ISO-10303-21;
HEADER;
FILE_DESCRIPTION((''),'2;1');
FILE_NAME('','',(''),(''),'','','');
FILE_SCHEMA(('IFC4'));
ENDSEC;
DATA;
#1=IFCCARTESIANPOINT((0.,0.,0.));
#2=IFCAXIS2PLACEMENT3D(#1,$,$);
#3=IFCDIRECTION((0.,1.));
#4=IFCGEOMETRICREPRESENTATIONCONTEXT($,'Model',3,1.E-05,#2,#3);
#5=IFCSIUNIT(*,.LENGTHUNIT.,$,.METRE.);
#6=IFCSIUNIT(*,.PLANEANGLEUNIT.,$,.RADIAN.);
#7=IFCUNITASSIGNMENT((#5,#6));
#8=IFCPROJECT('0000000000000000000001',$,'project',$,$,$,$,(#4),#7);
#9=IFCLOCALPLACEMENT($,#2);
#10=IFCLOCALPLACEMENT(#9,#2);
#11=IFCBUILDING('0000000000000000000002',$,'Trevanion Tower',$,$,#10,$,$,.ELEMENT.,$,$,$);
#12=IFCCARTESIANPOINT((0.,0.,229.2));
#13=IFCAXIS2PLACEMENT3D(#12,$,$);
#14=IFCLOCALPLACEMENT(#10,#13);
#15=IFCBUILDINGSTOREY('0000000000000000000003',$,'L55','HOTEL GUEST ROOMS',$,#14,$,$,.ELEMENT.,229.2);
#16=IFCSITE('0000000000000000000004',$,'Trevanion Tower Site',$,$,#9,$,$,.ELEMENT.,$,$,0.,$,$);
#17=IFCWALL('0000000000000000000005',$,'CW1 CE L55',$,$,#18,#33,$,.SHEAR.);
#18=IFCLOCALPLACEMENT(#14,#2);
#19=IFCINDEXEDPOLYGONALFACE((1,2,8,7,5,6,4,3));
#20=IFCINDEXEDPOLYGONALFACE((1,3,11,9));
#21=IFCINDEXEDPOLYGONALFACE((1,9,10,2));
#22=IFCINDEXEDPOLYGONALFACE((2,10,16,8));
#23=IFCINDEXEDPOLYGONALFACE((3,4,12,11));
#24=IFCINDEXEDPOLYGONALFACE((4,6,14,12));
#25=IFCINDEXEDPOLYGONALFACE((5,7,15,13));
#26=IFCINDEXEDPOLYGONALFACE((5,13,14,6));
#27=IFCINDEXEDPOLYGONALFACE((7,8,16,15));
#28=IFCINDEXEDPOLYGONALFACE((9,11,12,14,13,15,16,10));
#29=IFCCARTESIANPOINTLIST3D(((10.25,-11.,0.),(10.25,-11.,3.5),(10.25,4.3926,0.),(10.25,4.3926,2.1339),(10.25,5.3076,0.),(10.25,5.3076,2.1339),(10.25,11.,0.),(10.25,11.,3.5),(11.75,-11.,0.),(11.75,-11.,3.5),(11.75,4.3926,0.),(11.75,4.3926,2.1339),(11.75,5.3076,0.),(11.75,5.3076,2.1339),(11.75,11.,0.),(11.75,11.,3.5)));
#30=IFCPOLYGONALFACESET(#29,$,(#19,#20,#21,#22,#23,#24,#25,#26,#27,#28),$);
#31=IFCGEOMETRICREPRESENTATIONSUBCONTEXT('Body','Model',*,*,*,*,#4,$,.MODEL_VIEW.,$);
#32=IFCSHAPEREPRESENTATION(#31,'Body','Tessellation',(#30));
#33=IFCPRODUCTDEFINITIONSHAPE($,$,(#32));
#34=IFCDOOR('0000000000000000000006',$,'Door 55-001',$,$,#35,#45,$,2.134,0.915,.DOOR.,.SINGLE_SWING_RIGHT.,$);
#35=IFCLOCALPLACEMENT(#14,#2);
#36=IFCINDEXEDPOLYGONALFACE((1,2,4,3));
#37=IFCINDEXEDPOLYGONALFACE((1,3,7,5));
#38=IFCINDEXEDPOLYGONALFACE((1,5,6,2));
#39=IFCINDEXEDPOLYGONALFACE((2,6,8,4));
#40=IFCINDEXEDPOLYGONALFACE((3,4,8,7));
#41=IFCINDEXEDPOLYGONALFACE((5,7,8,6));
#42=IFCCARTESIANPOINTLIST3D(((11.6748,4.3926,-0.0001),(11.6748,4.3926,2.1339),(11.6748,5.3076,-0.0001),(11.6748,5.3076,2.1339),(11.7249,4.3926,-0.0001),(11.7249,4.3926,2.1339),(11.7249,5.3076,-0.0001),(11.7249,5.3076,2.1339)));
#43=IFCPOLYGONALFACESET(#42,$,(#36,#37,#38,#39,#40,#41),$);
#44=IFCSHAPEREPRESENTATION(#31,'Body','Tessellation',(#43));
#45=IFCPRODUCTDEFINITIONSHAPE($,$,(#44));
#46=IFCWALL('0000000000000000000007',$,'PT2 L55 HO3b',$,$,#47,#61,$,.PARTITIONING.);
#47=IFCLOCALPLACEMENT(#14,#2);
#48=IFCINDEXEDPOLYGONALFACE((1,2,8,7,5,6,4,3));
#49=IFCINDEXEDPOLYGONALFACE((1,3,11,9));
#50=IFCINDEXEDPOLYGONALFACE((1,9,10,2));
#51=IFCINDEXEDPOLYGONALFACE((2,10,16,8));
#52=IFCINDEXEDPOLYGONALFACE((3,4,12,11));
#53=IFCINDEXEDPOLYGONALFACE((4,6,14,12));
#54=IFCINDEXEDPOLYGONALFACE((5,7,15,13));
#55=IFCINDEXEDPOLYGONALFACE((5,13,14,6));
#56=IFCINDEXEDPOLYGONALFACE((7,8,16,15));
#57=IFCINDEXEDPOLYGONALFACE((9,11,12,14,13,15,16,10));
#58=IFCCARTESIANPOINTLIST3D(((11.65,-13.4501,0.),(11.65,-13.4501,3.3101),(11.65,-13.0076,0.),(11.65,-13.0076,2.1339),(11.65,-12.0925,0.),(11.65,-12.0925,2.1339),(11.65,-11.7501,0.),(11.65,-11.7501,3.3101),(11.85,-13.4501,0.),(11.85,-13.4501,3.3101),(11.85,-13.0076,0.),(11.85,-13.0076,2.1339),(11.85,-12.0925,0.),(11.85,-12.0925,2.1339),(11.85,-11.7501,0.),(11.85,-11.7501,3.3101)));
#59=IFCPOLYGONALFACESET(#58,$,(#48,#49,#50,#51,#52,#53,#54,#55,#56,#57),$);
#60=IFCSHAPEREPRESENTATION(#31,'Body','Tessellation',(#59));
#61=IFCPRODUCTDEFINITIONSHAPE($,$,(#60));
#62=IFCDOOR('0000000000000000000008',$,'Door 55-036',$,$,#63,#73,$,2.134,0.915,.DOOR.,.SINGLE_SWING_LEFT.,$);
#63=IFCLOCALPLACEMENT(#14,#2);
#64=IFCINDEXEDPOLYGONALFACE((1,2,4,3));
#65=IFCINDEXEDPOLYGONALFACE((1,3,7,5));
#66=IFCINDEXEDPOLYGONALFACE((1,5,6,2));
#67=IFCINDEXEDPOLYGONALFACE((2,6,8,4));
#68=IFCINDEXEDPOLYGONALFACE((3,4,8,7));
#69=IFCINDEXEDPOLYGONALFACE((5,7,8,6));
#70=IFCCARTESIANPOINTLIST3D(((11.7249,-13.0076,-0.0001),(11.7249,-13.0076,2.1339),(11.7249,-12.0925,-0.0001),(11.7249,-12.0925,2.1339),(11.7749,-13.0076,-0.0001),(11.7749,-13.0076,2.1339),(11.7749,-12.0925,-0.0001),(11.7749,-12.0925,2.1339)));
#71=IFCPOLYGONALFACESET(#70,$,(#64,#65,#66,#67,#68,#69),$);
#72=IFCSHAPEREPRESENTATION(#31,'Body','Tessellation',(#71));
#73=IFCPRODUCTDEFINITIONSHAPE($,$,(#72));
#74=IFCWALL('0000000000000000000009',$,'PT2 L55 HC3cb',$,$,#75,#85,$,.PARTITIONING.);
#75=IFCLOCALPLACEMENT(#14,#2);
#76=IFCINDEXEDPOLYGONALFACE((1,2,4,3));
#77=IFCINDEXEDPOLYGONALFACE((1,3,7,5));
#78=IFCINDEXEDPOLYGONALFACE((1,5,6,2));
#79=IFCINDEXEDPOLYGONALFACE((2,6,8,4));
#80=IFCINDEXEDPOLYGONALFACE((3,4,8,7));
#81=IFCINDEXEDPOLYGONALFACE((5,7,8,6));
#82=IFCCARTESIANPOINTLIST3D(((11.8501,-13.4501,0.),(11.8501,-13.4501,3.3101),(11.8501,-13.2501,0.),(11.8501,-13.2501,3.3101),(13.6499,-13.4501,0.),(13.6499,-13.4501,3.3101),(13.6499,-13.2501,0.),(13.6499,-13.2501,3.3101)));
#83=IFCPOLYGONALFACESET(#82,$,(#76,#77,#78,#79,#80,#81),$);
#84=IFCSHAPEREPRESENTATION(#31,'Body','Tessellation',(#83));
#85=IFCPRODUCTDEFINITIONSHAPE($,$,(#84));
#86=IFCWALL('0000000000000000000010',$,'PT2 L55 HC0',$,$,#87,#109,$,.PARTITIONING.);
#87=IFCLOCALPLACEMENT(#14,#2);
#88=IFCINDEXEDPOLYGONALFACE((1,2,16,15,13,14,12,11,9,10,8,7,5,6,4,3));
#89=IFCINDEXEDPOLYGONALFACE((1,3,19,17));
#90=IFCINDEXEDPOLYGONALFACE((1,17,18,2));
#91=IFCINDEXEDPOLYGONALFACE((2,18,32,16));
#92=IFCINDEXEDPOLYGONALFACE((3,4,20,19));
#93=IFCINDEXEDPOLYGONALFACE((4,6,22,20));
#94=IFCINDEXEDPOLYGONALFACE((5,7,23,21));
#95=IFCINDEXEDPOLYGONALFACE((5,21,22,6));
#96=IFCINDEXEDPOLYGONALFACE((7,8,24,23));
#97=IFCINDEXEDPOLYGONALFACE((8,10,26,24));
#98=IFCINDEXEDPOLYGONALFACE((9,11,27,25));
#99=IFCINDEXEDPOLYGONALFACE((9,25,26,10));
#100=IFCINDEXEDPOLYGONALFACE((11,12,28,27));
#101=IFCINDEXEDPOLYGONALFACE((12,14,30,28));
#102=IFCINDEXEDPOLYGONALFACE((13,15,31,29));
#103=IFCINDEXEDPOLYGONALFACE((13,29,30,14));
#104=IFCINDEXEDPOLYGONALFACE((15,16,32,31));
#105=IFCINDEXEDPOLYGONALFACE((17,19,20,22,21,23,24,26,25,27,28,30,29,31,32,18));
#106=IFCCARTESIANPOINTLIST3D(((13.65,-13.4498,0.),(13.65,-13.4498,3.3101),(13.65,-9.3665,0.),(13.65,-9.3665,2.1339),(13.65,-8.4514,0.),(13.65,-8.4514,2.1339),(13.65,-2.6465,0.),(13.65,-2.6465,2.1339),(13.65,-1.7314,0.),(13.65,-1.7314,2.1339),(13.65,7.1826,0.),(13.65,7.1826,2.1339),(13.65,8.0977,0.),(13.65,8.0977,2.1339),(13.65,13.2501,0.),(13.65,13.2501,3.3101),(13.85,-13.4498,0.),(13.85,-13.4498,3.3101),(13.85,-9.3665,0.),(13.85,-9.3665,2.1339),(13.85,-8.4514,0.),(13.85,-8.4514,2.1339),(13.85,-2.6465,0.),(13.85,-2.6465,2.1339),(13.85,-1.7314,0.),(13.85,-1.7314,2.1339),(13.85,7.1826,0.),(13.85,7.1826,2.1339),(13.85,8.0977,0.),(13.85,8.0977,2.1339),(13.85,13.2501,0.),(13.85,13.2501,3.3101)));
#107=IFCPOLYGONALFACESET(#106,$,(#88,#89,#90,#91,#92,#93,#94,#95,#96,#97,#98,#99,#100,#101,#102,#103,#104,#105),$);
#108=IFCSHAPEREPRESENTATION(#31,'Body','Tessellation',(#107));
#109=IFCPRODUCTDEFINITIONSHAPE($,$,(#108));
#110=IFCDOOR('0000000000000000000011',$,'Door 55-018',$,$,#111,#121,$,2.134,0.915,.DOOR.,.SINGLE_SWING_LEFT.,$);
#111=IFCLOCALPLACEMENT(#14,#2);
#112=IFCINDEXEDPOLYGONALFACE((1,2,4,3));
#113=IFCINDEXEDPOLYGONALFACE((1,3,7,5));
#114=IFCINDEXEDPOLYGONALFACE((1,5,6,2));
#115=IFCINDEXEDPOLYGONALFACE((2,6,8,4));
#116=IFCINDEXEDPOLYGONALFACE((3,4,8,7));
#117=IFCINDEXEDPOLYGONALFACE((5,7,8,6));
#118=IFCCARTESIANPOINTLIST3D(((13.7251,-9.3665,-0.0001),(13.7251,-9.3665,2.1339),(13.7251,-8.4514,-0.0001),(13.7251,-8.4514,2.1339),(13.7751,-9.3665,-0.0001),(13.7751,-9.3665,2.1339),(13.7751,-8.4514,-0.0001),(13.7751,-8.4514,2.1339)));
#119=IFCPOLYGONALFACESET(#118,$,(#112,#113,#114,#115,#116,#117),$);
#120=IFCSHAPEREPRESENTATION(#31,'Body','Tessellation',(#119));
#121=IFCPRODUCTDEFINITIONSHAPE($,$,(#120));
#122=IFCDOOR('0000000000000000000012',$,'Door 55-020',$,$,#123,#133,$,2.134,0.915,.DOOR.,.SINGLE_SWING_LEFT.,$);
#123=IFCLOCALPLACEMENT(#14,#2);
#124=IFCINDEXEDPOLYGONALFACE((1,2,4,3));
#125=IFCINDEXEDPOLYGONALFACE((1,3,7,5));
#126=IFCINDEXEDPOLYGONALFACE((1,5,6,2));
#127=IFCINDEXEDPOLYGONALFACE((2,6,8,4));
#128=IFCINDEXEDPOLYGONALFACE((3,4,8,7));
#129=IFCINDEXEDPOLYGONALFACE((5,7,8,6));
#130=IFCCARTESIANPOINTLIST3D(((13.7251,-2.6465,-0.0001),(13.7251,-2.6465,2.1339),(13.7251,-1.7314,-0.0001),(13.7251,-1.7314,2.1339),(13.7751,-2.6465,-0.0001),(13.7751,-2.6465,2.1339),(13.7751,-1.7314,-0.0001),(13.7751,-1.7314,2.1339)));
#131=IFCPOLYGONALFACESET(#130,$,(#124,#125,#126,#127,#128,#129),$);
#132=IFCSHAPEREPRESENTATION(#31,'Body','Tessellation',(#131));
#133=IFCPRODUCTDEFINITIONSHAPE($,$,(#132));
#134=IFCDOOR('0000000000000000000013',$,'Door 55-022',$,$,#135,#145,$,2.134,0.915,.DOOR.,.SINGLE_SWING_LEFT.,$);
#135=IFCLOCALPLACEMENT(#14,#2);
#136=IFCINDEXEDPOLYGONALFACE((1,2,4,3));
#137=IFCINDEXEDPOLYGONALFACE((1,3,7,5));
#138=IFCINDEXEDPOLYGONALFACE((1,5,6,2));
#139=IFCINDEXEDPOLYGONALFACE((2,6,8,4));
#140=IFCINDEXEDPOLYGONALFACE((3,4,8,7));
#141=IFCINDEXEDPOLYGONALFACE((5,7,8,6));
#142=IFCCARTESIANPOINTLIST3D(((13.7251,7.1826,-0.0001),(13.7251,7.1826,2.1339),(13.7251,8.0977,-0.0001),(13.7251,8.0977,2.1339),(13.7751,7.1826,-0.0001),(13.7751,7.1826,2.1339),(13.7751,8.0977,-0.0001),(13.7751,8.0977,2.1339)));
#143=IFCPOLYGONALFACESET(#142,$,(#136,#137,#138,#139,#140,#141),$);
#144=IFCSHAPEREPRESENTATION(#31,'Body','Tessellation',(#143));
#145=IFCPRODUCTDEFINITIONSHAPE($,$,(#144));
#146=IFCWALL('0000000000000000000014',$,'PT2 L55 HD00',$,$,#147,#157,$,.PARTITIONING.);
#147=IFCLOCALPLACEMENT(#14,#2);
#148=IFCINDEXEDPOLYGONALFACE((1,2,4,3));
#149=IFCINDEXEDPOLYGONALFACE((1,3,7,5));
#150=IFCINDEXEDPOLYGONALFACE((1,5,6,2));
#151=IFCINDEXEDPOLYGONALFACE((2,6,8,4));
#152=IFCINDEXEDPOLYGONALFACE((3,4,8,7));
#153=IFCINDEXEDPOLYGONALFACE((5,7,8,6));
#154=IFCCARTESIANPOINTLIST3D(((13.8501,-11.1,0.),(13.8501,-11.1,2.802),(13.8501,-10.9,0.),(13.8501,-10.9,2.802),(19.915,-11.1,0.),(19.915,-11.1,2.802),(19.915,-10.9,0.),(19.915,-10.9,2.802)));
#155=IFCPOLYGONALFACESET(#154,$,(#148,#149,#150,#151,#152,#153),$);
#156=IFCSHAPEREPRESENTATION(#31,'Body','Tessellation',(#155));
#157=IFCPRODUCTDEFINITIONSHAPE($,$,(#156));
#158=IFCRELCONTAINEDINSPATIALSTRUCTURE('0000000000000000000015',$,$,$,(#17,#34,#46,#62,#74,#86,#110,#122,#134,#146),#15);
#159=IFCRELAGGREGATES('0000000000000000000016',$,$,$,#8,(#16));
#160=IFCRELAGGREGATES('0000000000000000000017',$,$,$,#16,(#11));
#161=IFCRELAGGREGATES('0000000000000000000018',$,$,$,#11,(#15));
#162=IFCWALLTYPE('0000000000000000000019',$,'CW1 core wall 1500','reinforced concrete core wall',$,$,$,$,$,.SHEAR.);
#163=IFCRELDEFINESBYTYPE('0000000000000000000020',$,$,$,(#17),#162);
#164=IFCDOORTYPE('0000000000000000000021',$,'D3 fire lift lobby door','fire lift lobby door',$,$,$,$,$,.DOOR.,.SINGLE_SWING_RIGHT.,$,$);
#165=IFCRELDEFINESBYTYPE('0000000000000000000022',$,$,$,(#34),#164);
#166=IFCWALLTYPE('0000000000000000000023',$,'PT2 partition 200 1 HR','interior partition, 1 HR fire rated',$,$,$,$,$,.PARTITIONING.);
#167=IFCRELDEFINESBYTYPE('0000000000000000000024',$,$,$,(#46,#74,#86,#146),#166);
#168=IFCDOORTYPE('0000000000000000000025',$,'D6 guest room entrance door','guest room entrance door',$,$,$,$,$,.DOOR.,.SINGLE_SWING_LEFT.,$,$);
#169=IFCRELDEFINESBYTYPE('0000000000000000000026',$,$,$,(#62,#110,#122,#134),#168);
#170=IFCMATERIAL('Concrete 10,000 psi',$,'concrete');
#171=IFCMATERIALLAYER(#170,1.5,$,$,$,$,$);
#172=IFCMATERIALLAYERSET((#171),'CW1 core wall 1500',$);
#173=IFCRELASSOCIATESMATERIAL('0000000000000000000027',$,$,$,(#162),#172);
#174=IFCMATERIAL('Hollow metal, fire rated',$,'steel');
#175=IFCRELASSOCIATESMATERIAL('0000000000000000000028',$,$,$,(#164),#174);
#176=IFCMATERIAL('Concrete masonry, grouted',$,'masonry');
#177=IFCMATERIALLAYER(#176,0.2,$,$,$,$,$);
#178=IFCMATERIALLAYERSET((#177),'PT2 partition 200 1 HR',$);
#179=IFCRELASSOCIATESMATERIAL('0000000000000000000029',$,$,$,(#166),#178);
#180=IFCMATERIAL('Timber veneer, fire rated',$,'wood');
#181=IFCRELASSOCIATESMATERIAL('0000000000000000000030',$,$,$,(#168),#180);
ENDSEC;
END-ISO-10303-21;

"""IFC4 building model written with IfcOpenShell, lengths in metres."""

from ifc_helpers import new_model, si_unit, direction, frame, frame_2d, origin, place, context, subcontext, project, spatial, rectangle, extrude, material, layer, layer_set, type_object, element, fill, save


model = new_model("IFC4")

# Units and contexts
model_context = context("Model", 3, precision=1e-05, world=origin(), true_north=direction((0.0, 1.0)))
body_context = subcontext(model_context, "Body", "Model", "MODEL_VIEW")
ifc_project = project(units=[si_unit("LENGTHUNIT", "METRE"), si_unit("PLANEANGLEUNIT", "RADIAN")], contexts=[model_context])

# Site, building, storey
site_placement = place(None, origin())
site = spatial("IfcSite", under=ifc_project, at=site_placement, Name="Trevanion Tower Site", CompositionType="ELEMENT", RefElevation=0.0)
building_placement = place(site_placement, origin())
building = spatial("IfcBuilding", under=site, at=building_placement, Name="Trevanion Tower", CompositionType="ELEMENT")
storey_placement = place(building_placement, frame((0.0, 0.0, 229.2)))
storey = spatial("IfcBuildingStorey", under=building, at=storey_placement, Name="L55", Description="HOTEL GUEST ROOMS", CompositionType="ELEMENT", Elevation=229.2)

# Walls, openings, doors
ifc_material_1 = material(Name="Concrete 10,000 psi", Category="concrete")
ifc_layer_1 = layer(ifc_material_1, 1.5)
ifc_layer_set_1 = layer_set([ifc_layer_1], Name="CW1 core wall 1500")
wall_type_1 = type_object("IfcWallType", Name="CW1 core wall 1500", Description="reinforced concrete core wall", PredefinedType="SHEAR", material=ifc_layer_set_1)
wall_1_placement = place(storey_placement, frame((11.0, -11.0, 0.0), z_axis=(0.0, 0.0, 1.0), x_axis=(0.0, 1.0, 0.0)))
wall_1 = element("IfcWall", 1, at=wall_1_placement, inside=storey, type_object=wall_type_1, Name="CW1 CE L55", PredefinedType="SHEAR", context=body_context, shape_type="SweptSolid", body=[
    extrude(rectangle(XDim=22.0, YDim=1.5, at=frame_2d((11.0, 0.0))), origin(), (0.0, 0.0, 1.0), 3.5),
])
opening_1_placement = place(wall_1_placement, frame((15.3926, 0.0, 0.0)))
opening_1 = element("IfcOpeningElement", 2, at=opening_1_placement, cuts=wall_1, PredefinedType="OPENING", context=body_context, shape_type="SweptSolid", body=[
    extrude(rectangle(XDim=0.915, YDim=2.134, at=frame_2d((0.4575, 1.0669))), frame((0.0, 0.76, 0.0), z_axis=(0.0, -1.0, 0.0), x_axis=(1.0, 0.0, 0.0)), (0.0, 0.0, 1.0), 1.52),
])
ifc_material_2 = material(Name="Hollow metal, fire rated", Category="steel")
door_type_1 = type_object("IfcDoorType", Name="D3 fire lift lobby door", Description="fire lift lobby door", OperationType="SINGLE_SWING_RIGHT", PredefinedType="DOOR", material=ifc_material_2)
door_1_placement = place(opening_1_placement, origin())
door_1 = element("IfcDoor", 3, at=door_1_placement, inside=storey, type_object=door_type_1, Name="Door 55-001", OperationType="SINGLE_SWING_RIGHT", OverallHeight=2.134, OverallWidth=0.915, PredefinedType="DOOR", context=body_context, shape_type="SweptSolid", body=[
    extrude(rectangle(XDim=0.915, YDim=2.134, at=frame_2d((0.4575, 1.0669))), frame((0.0, -0.6748, 0.0), z_axis=(0.0, -1.0, 0.0), x_axis=(1.0, 0.0, 0.0)), (0.0, 0.0, 1.0), 0.05),
])
fill(opening_1, door_1)
ifc_material_3 = material(Name="Concrete masonry, grouted", Category="masonry")
ifc_layer_2 = layer(ifc_material_3, 0.2)
ifc_layer_set_2 = layer_set([ifc_layer_2], Name="PT2 partition 200 1 HR")
wall_type_2 = type_object("IfcWallType", Name="PT2 partition 200 1 HR", Description="interior partition, 1 HR fire rated", PredefinedType="PARTITIONING", material=ifc_layer_set_2)
wall_2_placement = place(storey_placement, frame((11.75, -11.75, 0.0), z_axis=(0.0, 0.0, 1.0), x_axis=(0.0, -1.0, 0.0)))
wall_2 = element("IfcWall", 4, at=wall_2_placement, inside=storey, type_object=wall_type_2, Name="PT2 L55 HO3b", PredefinedType="PARTITIONING", context=body_context, shape_type="SweptSolid", body=[
    extrude(rectangle(XDim=1.7, YDim=0.2, at=frame_2d((0.8501, 0.0))), origin(), (0.0, 0.0, 1.0), 3.3101),
])
opening_2_placement = place(wall_2_placement, frame((0.3425, 0.0, 0.0)))
opening_2 = element("IfcOpeningElement", 5, at=opening_2_placement, cuts=wall_2, PredefinedType="OPENING", context=body_context, shape_type="SweptSolid", body=[
    extrude(rectangle(XDim=0.915, YDim=2.134, at=frame_2d((0.4575, 1.0669))), frame((0.0, 0.1099, 0.0), z_axis=(0.0, -1.0, 0.0), x_axis=(1.0, 0.0, 0.0)), (0.0, 0.0, 1.0), 0.22),
])
ifc_material_4 = material(Name="Timber veneer, fire rated", Category="wood")
door_type_2 = type_object("IfcDoorType", Name="D6 guest room entrance door", Description="guest room entrance door", OperationType="SINGLE_SWING_LEFT", PredefinedType="DOOR", material=ifc_material_4)
door_2_placement = place(opening_2_placement, origin())
door_2 = element("IfcDoor", 6, at=door_2_placement, inside=storey, type_object=door_type_2, Name="Door 55-036", OperationType="SINGLE_SWING_LEFT", OverallHeight=2.134, OverallWidth=0.915, PredefinedType="DOOR", context=body_context, shape_type="SweptSolid", body=[
    extrude(rectangle(XDim=0.915, YDim=2.134, at=frame_2d((0.4575, 1.0669))), frame((0.0, 0.0249, 0.0), z_axis=(0.0, -1.0, 0.0), x_axis=(1.0, 0.0, 0.0)), (0.0, 0.0, 1.0), 0.05),
])
fill(opening_2, door_2)

# Wall
wall_3_placement = place(storey_placement, frame((11.8501, -13.3501, 0.0), z_axis=(0.0, 0.0, 1.0), x_axis=(1.0, 0.0, 0.0)))
element("IfcWall", 7, at=wall_3_placement, inside=storey, type_object=wall_type_2, Name="PT2 L55 HC3cb", PredefinedType="PARTITIONING", context=body_context, shape_type="SweptSolid", body=[
    extrude(rectangle(XDim=1.7998, YDim=0.2, at=frame_2d((0.8999, 0.0))), origin(), (0.0, 0.0, 1.0), 3.3101),
])

# Wall, openings, doors
wall_4_placement = place(storey_placement, frame((13.75, -13.45, 0.0), z_axis=(0.0, 0.0, 1.0), x_axis=(0.0, 1.0, 0.0)))
wall_4 = element("IfcWall", 8, at=wall_4_placement, inside=storey, type_object=wall_type_2, Name="PT2 L55 HC0", PredefinedType="PARTITIONING", context=body_context, shape_type="SweptSolid", body=[
    extrude(rectangle(XDim=26.7, YDim=0.2, at=frame_2d((13.3501, 0.0))), origin(), (0.0, 0.0, 1.0), 3.3101),
])
opening_3_placement = place(wall_4_placement, frame((4.0835, 0.0, 0.0)))
opening_3 = element("IfcOpeningElement", 9, at=opening_3_placement, cuts=wall_4, PredefinedType="OPENING", context=body_context, shape_type="SweptSolid", body=[
    extrude(rectangle(XDim=0.915, YDim=2.134, at=frame_2d((0.4575, 1.0669))), frame((0.0, 0.1099, 0.0), z_axis=(0.0, -1.0, 0.0), x_axis=(1.0, 0.0, 0.0)), (0.0, 0.0, 1.0), 0.22),
])
opening_4_placement = place(wall_4_placement, frame((10.8035, 0.0, 0.0)))
opening_4 = element("IfcOpeningElement", 10, at=opening_4_placement, cuts=wall_4, PredefinedType="OPENING", context=body_context, shape_type="SweptSolid", body=[
    extrude(rectangle(XDim=0.915, YDim=2.134, at=frame_2d((0.4575, 1.0669))), frame((0.0, 0.1099, 0.0), z_axis=(0.0, -1.0, 0.0), x_axis=(1.0, 0.0, 0.0)), (0.0, 0.0, 1.0), 0.22),
])
opening_5_placement = place(wall_4_placement, frame((20.6326, 0.0, 0.0)))
opening_5 = element("IfcOpeningElement", 11, at=opening_5_placement, cuts=wall_4, PredefinedType="OPENING", context=body_context, shape_type="SweptSolid", body=[
    extrude(rectangle(XDim=0.915, YDim=2.134, at=frame_2d((0.4575, 1.0669))), frame((0.0, 0.1099, 0.0), z_axis=(0.0, -1.0, 0.0), x_axis=(1.0, 0.0, 0.0)), (0.0, 0.0, 1.0), 0.22),
])
door_3_placement = place(opening_3_placement, origin())
door_3 = element("IfcDoor", 12, at=door_3_placement, inside=storey, type_object=door_type_2, Name="Door 55-018", OperationType="SINGLE_SWING_LEFT", OverallHeight=2.134, OverallWidth=0.915, PredefinedType="DOOR", context=body_context, shape_type="SweptSolid", body=[
    extrude(rectangle(XDim=0.915, YDim=2.134, at=frame_2d((0.4575, 1.0669))), frame((0.0, 0.0249, 0.0), z_axis=(0.0, -1.0, 0.0), x_axis=(1.0, 0.0, 0.0)), (0.0, 0.0, 1.0), 0.05),
])
fill(opening_3, door_3)
door_4_placement = place(opening_4_placement, origin())
door_4 = element("IfcDoor", 13, at=door_4_placement, inside=storey, type_object=door_type_2, Name="Door 55-020", OperationType="SINGLE_SWING_LEFT", OverallHeight=2.134, OverallWidth=0.915, PredefinedType="DOOR", context=body_context, shape_type="SweptSolid", body=[
    extrude(rectangle(XDim=0.915, YDim=2.134, at=frame_2d((0.4575, 1.0669))), frame((0.0, 0.0249, 0.0), z_axis=(0.0, -1.0, 0.0), x_axis=(1.0, 0.0, 0.0)), (0.0, 0.0, 1.0), 0.05),
])
fill(opening_4, door_4)
door_5_placement = place(opening_5_placement, origin())
door_5 = element("IfcDoor", 14, at=door_5_placement, inside=storey, type_object=door_type_2, Name="Door 55-022", OperationType="SINGLE_SWING_LEFT", OverallHeight=2.134, OverallWidth=0.915, PredefinedType="DOOR", context=body_context, shape_type="SweptSolid", body=[
    extrude(rectangle(XDim=0.915, YDim=2.134, at=frame_2d((0.4575, 1.0669))), frame((0.0, 0.0249, 0.0), z_axis=(0.0, -1.0, 0.0), x_axis=(1.0, 0.0, 0.0)), (0.0, 0.0, 1.0), 0.05),
])
fill(opening_5, door_5)

# Wall
wall_5_placement = place(storey_placement, frame((13.8501, -11.0, 0.0), z_axis=(0.0, 0.0, 1.0), x_axis=(1.0, 0.0, 0.0)))
element("IfcWall", 15, at=wall_5_placement, inside=storey, type_object=wall_type_2, Name="PT2 L55 HD00", PredefinedType="PARTITIONING", context=body_context, shape_type="SweptSolid", body=[
    extrude(rectangle(XDim=6.0649, YDim=0.2, at=frame_2d((3.0325, 0.0))), origin(), (0.0, 0.0, 1.0), 2.802),
])

save(model, "model.ifc")
